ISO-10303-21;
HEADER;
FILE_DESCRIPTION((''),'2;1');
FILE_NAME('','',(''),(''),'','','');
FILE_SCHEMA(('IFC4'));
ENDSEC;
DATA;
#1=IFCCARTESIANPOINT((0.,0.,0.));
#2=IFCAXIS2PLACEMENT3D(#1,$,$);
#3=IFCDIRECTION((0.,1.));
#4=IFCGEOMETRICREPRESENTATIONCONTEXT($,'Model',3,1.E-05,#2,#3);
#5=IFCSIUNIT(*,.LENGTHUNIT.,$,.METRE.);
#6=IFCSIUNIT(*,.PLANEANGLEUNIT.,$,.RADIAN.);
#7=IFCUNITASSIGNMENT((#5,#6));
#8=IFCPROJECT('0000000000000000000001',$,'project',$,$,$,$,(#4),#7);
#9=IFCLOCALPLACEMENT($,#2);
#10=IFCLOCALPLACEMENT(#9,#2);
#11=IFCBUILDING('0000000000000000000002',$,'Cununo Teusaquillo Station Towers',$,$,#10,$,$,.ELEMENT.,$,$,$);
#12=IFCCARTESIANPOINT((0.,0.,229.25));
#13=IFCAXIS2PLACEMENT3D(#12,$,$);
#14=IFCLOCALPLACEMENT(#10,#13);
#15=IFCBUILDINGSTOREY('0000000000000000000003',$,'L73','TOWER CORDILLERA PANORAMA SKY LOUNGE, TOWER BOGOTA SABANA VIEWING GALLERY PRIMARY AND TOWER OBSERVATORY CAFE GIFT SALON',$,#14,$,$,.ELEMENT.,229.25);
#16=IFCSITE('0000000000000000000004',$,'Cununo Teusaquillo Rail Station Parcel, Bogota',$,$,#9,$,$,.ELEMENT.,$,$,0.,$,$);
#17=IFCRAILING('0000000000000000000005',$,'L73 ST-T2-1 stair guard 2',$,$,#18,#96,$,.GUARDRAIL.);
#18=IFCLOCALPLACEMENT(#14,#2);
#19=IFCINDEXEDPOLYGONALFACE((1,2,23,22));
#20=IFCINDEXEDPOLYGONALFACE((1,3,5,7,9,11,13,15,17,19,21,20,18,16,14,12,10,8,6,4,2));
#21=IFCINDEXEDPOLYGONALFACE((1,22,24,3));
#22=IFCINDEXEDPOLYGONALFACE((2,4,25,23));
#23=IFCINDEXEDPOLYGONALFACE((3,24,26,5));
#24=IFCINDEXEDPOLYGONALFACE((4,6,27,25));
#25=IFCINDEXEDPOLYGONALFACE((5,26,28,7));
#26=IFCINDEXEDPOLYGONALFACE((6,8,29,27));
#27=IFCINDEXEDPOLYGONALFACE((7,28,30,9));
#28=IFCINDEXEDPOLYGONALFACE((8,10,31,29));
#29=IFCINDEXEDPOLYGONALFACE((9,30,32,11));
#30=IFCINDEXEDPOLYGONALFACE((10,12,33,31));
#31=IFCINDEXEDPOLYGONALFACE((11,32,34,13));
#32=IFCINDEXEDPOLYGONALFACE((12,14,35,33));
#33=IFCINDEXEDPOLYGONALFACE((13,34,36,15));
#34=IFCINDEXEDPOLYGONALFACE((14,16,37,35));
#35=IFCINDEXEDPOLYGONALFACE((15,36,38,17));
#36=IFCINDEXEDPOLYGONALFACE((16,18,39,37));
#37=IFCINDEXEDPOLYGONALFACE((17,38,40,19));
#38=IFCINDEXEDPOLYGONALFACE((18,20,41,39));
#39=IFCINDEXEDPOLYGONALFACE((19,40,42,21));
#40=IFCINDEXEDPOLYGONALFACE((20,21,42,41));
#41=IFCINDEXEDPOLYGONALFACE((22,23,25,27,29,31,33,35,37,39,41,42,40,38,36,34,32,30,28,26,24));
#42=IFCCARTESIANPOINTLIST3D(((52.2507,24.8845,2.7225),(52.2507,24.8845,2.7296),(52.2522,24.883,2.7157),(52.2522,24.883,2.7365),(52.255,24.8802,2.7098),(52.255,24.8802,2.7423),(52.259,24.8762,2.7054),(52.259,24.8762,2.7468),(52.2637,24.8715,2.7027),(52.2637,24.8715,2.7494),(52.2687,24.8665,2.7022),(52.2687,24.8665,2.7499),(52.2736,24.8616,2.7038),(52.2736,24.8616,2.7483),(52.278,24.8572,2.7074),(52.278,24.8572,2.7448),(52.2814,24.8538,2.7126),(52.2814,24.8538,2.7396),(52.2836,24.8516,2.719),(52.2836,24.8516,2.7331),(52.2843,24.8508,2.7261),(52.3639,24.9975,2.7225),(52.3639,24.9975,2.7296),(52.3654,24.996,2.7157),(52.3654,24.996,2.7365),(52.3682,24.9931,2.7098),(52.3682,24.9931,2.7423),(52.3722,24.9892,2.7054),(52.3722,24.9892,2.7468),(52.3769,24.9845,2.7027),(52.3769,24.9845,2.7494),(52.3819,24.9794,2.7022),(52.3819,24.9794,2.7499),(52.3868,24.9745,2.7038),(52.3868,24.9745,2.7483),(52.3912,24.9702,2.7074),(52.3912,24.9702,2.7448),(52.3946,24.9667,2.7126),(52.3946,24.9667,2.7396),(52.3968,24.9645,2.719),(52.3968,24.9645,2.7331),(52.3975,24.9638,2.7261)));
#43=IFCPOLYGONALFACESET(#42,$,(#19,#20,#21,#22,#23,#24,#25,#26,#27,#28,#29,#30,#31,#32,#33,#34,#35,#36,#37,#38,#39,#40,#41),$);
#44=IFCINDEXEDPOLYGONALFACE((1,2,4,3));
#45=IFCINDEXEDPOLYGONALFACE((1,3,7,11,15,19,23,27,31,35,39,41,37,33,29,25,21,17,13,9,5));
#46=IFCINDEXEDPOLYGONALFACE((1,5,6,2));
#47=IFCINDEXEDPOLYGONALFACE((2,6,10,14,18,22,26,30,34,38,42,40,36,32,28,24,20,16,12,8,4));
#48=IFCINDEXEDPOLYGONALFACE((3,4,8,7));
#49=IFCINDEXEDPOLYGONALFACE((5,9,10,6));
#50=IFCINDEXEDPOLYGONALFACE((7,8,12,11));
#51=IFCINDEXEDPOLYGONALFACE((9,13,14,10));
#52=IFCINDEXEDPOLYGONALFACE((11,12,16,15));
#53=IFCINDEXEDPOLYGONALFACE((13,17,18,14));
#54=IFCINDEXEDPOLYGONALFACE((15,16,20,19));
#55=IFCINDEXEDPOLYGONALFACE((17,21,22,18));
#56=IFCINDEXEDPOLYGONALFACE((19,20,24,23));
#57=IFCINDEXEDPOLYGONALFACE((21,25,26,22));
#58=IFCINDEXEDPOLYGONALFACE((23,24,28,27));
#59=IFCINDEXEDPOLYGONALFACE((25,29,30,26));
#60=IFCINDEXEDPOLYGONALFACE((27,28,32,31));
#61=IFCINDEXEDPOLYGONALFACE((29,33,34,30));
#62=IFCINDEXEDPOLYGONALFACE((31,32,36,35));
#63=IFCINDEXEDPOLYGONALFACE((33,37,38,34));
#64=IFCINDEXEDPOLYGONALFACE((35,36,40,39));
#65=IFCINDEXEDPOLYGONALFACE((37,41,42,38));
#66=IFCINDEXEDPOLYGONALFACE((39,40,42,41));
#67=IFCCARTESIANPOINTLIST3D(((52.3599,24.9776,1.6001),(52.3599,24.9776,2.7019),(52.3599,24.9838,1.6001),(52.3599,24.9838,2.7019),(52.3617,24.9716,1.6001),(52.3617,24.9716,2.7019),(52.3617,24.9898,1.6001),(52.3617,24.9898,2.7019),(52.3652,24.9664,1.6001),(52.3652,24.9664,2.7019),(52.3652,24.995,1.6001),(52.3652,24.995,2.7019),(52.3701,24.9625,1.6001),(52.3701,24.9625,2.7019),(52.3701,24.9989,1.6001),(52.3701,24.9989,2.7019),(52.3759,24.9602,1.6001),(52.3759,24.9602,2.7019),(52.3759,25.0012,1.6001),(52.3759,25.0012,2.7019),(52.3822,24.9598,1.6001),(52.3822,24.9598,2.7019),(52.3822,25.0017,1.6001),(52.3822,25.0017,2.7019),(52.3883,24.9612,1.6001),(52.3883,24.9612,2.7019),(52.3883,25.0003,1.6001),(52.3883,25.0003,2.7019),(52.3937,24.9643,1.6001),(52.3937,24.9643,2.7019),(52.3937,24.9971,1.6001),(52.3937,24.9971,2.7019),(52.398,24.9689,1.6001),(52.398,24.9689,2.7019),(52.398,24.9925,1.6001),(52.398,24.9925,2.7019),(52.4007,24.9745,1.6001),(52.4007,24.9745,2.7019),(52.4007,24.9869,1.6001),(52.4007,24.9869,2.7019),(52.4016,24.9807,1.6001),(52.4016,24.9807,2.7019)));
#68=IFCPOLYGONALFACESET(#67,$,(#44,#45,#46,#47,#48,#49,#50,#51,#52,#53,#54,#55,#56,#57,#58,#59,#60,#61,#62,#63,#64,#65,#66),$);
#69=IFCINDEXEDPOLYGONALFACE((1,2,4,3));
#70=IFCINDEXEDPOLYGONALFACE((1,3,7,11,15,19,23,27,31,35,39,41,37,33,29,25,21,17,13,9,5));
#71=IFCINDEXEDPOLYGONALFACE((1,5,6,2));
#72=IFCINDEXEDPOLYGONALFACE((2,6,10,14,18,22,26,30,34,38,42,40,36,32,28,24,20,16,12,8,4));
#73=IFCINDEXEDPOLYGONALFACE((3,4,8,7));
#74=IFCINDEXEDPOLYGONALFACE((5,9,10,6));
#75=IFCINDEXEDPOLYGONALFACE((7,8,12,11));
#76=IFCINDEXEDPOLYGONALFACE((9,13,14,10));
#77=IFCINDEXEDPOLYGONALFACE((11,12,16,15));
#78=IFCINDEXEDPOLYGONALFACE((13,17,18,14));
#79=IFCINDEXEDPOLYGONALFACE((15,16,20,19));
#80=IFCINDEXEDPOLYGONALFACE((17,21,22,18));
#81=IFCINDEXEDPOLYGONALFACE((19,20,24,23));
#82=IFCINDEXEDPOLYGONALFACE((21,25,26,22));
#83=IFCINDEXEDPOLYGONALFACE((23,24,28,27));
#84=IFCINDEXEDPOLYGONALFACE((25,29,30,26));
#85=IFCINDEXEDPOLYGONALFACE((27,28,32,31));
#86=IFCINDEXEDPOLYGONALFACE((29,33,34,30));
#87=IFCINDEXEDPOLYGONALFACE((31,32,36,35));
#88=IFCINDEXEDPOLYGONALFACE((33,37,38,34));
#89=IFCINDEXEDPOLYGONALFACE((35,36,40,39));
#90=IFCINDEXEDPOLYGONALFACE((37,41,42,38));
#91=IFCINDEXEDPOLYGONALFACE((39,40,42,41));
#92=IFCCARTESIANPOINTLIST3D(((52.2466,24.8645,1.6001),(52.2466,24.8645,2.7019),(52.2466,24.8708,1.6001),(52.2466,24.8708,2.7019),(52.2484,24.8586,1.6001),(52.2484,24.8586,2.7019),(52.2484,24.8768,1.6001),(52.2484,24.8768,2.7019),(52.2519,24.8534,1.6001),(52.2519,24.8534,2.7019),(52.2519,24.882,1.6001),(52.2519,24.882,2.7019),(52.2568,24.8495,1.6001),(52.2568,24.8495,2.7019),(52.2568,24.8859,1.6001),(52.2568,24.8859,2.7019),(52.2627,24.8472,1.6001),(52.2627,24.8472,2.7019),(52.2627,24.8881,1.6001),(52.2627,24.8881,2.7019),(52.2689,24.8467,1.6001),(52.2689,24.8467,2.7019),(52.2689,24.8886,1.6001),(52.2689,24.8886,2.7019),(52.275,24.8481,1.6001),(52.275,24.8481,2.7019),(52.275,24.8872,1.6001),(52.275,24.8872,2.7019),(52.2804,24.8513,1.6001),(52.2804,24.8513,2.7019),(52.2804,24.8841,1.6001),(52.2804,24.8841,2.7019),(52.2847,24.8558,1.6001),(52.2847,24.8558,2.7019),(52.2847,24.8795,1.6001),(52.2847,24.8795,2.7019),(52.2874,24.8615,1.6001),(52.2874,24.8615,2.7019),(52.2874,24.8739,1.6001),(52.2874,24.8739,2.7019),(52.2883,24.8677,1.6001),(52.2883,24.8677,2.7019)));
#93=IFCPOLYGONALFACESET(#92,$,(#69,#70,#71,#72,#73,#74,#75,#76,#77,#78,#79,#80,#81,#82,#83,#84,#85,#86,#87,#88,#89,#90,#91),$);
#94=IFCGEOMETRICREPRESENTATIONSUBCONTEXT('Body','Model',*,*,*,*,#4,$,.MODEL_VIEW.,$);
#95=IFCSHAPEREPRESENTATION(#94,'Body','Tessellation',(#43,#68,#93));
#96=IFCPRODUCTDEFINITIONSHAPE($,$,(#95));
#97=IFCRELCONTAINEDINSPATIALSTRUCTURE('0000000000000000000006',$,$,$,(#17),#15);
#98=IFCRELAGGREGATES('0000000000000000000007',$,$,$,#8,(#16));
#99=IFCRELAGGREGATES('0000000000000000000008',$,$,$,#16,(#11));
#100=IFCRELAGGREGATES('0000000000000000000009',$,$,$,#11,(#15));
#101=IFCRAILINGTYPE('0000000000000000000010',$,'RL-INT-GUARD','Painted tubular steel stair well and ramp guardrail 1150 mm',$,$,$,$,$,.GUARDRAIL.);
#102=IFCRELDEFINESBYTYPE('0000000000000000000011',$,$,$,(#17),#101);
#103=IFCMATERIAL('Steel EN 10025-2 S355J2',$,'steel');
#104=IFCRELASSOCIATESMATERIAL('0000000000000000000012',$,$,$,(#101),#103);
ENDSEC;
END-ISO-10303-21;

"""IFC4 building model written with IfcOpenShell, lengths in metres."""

from ifc_helpers import new_model, si_unit, direction, frame, origin, origin_2d, place, context, subcontext, project, spatial, circle, extrude, material, type_object, element, save


model = new_model("IFC4")

# Units and contexts
model_context = context("Model", 3, precision=1e-05, world=origin(), true_north=direction((0.0, 1.0)))
body_context = subcontext(model_context, "Body", "Model", "MODEL_VIEW")
ifc_project = project(units=[si_unit("LENGTHUNIT", "METRE"), si_unit("PLANEANGLEUNIT", "RADIAN")], contexts=[model_context])

# Site, building, storey
site_placement = place(None, origin())
site = spatial("IfcSite", under=ifc_project, at=site_placement, Name="Cununo Teusaquillo Rail Station Parcel, Bogota", CompositionType="ELEMENT", RefElevation=0.0)
building_placement = place(site_placement, origin())
building = spatial("IfcBuilding", under=site, at=building_placement, Name="Cununo Teusaquillo Station Towers", CompositionType="ELEMENT")
storey_placement = place(building_placement, frame((0.0, 0.0, 229.25)))
storey = spatial("IfcBuildingStorey", under=building, at=storey_placement, Name="L73", Description="TOWER CORDILLERA PANORAMA SKY LOUNGE, TOWER BOGOTA SABANA VIEWING GALLERY PRIMARY AND TOWER OBSERVATORY CAFE GIFT SALON", CompositionType="ELEMENT", Elevation=229.25)

# Railing
ifc_material_1 = material(Name="Steel EN 10025-2 S355J2", Category="steel")
railing_type_1 = type_object("IfcRailingType", Name="RL-INT-GUARD", Description="Painted tubular steel stair well and ramp guardrail 1150 mm", PredefinedType="GUARDRAIL", material=ifc_material_1)
railing_1_placement = place(storey_placement, frame((52.3806, 24.9807, 1.6001)))
element("IfcRailing", 1, at=railing_1_placement, inside=storey, type_object=railing_type_1, Name="L73 ST-T2-1 stair guard 2", PredefinedType="GUARDRAIL", context=body_context, shape_type="SweptSolid", body=[
    extrude(circle(Radius=0.0239, at=origin_2d()), frame((0.0, 0.0, 1.126), z_axis=(-0.707869, -0.706344, 0.0), x_axis=(0.706344, -0.707869, 0.0)), (0.0, 0.0, 1.0), 0.1599),
    extrude(circle(Radius=0.021, at=origin_2d()), origin(), (0.0, 0.0, 1.0), 1.1018),
    extrude(circle(Radius=0.021, at=origin_2d()), frame((-0.1133, -0.113, 0.0)), (0.0, 0.0, 1.0), 1.1018),
])

save(model, "model.ifc")
